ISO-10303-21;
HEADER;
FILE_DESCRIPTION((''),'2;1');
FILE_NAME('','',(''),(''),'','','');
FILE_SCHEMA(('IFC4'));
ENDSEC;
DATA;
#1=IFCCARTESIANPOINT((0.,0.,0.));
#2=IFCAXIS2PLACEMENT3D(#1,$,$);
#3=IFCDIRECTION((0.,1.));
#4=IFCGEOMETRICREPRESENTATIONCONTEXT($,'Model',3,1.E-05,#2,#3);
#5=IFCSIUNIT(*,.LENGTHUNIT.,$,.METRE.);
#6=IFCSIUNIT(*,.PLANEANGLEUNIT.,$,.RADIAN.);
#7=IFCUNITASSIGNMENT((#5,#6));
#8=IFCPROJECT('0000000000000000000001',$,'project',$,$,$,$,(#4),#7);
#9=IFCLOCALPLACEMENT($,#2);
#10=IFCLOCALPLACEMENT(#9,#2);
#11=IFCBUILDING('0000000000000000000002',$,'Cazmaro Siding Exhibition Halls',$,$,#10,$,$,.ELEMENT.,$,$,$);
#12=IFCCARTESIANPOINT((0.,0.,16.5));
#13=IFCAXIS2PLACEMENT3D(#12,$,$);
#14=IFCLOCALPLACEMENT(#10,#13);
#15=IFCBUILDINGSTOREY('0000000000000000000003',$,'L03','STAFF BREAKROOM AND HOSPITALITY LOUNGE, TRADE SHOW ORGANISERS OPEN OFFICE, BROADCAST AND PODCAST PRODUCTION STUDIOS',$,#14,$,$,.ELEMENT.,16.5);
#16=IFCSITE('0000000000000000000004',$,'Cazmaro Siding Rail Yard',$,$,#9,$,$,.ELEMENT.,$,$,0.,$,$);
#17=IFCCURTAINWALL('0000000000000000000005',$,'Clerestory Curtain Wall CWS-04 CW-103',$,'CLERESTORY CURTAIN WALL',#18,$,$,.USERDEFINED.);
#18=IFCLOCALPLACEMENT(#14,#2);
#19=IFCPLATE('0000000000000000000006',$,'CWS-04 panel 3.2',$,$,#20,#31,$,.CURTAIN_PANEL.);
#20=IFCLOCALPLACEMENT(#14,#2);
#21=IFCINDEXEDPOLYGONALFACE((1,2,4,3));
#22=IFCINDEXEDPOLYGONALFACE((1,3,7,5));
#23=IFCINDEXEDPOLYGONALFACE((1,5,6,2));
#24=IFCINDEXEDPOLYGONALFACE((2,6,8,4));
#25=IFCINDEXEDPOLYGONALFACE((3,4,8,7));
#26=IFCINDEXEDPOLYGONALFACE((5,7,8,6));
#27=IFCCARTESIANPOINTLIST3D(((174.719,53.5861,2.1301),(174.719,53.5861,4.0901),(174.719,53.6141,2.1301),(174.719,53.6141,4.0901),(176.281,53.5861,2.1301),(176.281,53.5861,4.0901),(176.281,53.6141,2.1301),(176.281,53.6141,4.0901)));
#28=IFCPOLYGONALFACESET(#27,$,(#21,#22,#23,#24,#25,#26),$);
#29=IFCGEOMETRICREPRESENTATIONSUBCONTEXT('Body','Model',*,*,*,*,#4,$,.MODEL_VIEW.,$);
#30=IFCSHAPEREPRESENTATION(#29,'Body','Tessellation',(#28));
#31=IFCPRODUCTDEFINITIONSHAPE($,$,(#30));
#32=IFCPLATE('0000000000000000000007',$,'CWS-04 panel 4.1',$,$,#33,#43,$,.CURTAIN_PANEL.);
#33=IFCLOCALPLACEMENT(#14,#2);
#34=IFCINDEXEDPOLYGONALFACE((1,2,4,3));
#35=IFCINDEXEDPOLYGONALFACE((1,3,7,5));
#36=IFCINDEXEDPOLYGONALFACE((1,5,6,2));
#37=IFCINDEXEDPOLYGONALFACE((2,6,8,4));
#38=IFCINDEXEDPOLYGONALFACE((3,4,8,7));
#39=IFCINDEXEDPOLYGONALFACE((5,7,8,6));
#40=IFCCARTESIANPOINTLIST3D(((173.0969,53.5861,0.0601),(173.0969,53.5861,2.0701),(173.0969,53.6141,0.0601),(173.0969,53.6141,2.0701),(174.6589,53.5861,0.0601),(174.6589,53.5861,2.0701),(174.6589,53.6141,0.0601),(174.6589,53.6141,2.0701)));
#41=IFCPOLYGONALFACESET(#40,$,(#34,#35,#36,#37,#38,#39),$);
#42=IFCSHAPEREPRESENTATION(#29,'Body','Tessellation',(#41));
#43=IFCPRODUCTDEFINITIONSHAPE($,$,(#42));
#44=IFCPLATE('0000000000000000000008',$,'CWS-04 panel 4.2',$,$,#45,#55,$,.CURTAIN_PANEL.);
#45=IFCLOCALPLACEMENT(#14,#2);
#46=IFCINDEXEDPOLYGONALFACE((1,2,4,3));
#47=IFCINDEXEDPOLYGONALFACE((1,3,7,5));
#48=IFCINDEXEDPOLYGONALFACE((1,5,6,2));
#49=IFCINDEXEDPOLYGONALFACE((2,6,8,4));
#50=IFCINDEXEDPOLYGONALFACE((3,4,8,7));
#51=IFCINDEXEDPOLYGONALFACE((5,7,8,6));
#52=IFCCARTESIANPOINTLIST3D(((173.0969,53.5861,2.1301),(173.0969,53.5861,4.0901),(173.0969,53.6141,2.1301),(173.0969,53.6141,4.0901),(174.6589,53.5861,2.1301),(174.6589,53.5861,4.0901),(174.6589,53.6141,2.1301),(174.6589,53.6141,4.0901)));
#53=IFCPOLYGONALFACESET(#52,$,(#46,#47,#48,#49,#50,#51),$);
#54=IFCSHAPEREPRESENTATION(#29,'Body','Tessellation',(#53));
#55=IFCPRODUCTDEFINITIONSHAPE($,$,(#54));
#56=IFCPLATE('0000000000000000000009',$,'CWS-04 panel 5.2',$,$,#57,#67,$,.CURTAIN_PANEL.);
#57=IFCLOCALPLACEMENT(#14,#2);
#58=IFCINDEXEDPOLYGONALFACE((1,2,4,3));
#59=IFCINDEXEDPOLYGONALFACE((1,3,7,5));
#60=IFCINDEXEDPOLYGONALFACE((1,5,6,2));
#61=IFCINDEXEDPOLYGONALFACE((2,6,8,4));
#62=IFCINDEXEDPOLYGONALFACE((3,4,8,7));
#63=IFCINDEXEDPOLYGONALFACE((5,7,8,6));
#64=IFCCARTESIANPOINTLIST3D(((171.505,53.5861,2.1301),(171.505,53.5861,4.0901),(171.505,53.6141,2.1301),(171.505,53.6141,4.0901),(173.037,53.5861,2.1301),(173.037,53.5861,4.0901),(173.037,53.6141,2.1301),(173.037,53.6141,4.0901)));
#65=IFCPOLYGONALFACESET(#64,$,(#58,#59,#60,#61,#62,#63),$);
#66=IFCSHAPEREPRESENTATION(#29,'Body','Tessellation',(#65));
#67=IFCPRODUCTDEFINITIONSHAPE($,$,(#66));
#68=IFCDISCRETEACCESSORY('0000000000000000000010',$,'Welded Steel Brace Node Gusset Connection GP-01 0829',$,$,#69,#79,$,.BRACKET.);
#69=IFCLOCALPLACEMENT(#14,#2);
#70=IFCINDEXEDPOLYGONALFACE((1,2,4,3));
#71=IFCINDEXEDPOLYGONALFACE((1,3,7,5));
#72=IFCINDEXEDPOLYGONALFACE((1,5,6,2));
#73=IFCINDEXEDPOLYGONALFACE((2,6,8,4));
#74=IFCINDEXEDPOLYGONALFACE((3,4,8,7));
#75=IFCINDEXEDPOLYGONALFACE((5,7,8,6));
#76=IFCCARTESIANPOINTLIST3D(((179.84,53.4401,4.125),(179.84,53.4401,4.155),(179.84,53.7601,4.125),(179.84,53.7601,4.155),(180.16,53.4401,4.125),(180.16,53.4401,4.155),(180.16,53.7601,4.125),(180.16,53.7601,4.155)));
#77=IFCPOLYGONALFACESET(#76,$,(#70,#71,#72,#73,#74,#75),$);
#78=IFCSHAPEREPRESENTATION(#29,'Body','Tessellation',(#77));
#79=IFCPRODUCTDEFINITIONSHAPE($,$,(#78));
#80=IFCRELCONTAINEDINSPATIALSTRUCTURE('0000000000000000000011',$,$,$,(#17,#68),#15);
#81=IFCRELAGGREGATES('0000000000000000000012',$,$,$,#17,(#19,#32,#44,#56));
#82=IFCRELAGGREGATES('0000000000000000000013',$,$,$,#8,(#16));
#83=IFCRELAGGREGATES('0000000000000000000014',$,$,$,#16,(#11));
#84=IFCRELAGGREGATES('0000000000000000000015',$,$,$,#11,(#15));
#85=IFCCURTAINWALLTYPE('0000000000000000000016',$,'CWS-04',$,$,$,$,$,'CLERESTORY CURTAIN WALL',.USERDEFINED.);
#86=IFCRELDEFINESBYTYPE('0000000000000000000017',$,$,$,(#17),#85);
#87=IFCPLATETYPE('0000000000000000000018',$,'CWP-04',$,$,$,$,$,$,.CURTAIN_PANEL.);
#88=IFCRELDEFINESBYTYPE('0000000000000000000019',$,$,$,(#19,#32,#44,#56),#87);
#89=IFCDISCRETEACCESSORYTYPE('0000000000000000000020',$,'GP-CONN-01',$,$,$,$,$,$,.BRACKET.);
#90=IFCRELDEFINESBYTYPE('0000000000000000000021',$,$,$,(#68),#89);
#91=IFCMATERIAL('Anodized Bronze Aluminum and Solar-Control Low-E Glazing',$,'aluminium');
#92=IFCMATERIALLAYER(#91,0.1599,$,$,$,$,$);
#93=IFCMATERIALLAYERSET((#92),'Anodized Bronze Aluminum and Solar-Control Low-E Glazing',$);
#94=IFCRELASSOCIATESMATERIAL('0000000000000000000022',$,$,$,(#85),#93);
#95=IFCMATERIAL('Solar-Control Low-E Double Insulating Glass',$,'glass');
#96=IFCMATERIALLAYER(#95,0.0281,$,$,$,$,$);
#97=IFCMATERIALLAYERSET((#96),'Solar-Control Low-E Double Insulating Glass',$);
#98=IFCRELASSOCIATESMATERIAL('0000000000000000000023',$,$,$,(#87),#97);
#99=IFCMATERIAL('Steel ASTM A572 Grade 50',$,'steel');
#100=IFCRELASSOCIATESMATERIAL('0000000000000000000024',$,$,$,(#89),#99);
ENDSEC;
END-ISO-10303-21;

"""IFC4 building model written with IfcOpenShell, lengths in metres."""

from ifc_helpers import new_model, si_unit, direction, frame, origin, origin_2d, place, context, subcontext, project, spatial, rectangle, extrude, material, layer, layer_set, type_object, element, aggregate, save


model = new_model("IFC4")

# Units and contexts
model_context = context("Model", 3, precision=1e-05, world=origin(), true_north=direction((0.0, 1.0)))
body_context = subcontext(model_context, "Body", "Model", "MODEL_VIEW")
ifc_project = project(units=[si_unit("LENGTHUNIT", "METRE"), si_unit("PLANEANGLEUNIT", "RADIAN")], contexts=[model_context])

# Site, building, storey
site_placement = place(None, origin())
site = spatial("IfcSite", under=ifc_project, at=site_placement, Name="Cazmaro Siding Rail Yard", CompositionType="ELEMENT", RefElevation=0.0)
building_placement = place(site_placement, origin())
building = spatial("IfcBuilding", under=site, at=building_placement, Name="Cazmaro Siding Exhibition Halls", CompositionType="ELEMENT")
storey_placement = place(building_placement, frame((0.0, 0.0, 16.5)))
storey = spatial("IfcBuildingStorey", under=building, at=storey_placement, Name="L03", Description="STAFF BREAKROOM AND HOSPITALITY LOUNGE, TRADE SHOW ORGANISERS OPEN OFFICE, BROADCAST AND PODCAST PRODUCTION STUDIOS", CompositionType="ELEMENT", Elevation=16.5)

# Curtain wall
ifc_material_1 = material(Name="Anodized Bronze Aluminum and Solar-Control Low-E Glazing", Category="aluminium")
ifc_layer_1 = layer(ifc_material_1, 0.1599)
ifc_layer_set_1 = layer_set([ifc_layer_1], Name="Anodized Bronze Aluminum and Solar-Control Low-E Glazing")
curtain_wall_type = type_object("IfcCurtainWallType", Name="CWS-04", ElementType="CLERESTORY CURTAIN WALL", PredefinedType="USERDEFINED", material=ifc_layer_set_1)
curtain_wall_1_placement = place(storey_placement, origin())
curtain_wall_1 = element("IfcCurtainWall", 1, at=curtain_wall_1_placement, inside=storey, type_object=curtain_wall_type, Name="Clerestory Curtain Wall CWS-04 CW-103", ObjectType="CLERESTORY CURTAIN WALL", PredefinedType="USERDEFINED")

# Plates
ifc_material_2 = material(Name="Solar-Control Low-E Double Insulating Glass", Category="glass")
ifc_layer_2 = layer(ifc_material_2, 0.0281)
ifc_layer_set_2 = layer_set([ifc_layer_2], Name="Solar-Control Low-E Double Insulating Glass")
plate_type = type_object("IfcPlateType", Name="CWP-04", PredefinedType="CURTAIN_PANEL", material=ifc_layer_set_2)
plate_1_placement = place(storey_placement, frame((175.5, 53.6001, 2.1301), z_axis=(0.0, 0.0, 1.0), x_axis=(-1.0, 0.0, 0.0)))
plate_1 = element("IfcPlate", 2, at=plate_1_placement, type_object=plate_type, Name="CWS-04 panel 3.2", PredefinedType="CURTAIN_PANEL", context=body_context, shape_type="SweptSolid", body=[
    extrude(rectangle(XDim=1.562, YDim=0.0281, at=origin_2d()), origin(), (0.0, 0.0, 1.0), 1.96),
])
plate_2_placement = place(storey_placement, frame((173.8779, 53.6001, 0.0601), z_axis=(0.0, 0.0, 1.0), x_axis=(-1.0, 0.0, 0.0)))
plate_2 = element("IfcPlate", 3, at=plate_2_placement, type_object=plate_type, Name="CWS-04 panel 4.1", PredefinedType="CURTAIN_PANEL", context=body_context, shape_type="SweptSolid", body=[
    extrude(rectangle(XDim=1.562, YDim=0.0281, at=origin_2d()), origin(), (0.0, 0.0, 1.0), 2.01),
])
plate_3_placement = place(storey_placement, frame((173.8779, 53.6001, 2.1301), z_axis=(0.0, 0.0, 1.0), x_axis=(-1.0, 0.0, 0.0)))
plate_3 = element("IfcPlate", 4, at=plate_3_placement, type_object=plate_type, Name="CWS-04 panel 4.2", PredefinedType="CURTAIN_PANEL", context=body_context, shape_type="SweptSolid", body=[
    extrude(rectangle(XDim=1.562, YDim=0.0281, at=origin_2d()), origin(), (0.0, 0.0, 1.0), 1.96),
])
plate_4_placement = place(storey_placement, frame((172.271, 53.6001, 2.1301), z_axis=(0.0, 0.0, 1.0), x_axis=(-1.0, 0.0, 0.0)))
plate_4 = element("IfcPlate", 5, at=plate_4_placement, type_object=plate_type, Name="CWS-04 panel 5.2", PredefinedType="CURTAIN_PANEL", context=body_context, shape_type="SweptSolid", body=[
    extrude(rectangle(XDim=1.532, YDim=0.0281, at=origin_2d()), origin(), (0.0, 0.0, 1.0), 1.96),
])
aggregate(curtain_wall_1, [plate_1, plate_2, plate_3, plate_4])

# Discrete accessory
ifc_material_3 = material(Name="Steel ASTM A572 Grade 50", Category="steel")
discrete_accessory_type = type_object("IfcDiscreteAccessoryType", Name="GP-CONN-01", PredefinedType="BRACKET", material=ifc_material_3)
discrete_accessory_placement = place(storey_placement, frame((180.0, 53.6001, 4.125), z_axis=(0.0, 0.0, 1.0), x_axis=(1.0, 0.0, 0.0)))
element("IfcDiscreteAccessory", 6, at=discrete_accessory_placement, inside=storey, type_object=discrete_accessory_type, Name="Welded Steel Brace Node Gusset Connection GP-01 0829", PredefinedType="BRACKET", context=body_context, shape_type="SweptSolid", body=[
    extrude(rectangle(XDim=0.3201, YDim=0.3201, at=origin_2d()), origin(), (0.0, 0.0, 1.0), 0.03),
])

save(model, "model.ifc")
